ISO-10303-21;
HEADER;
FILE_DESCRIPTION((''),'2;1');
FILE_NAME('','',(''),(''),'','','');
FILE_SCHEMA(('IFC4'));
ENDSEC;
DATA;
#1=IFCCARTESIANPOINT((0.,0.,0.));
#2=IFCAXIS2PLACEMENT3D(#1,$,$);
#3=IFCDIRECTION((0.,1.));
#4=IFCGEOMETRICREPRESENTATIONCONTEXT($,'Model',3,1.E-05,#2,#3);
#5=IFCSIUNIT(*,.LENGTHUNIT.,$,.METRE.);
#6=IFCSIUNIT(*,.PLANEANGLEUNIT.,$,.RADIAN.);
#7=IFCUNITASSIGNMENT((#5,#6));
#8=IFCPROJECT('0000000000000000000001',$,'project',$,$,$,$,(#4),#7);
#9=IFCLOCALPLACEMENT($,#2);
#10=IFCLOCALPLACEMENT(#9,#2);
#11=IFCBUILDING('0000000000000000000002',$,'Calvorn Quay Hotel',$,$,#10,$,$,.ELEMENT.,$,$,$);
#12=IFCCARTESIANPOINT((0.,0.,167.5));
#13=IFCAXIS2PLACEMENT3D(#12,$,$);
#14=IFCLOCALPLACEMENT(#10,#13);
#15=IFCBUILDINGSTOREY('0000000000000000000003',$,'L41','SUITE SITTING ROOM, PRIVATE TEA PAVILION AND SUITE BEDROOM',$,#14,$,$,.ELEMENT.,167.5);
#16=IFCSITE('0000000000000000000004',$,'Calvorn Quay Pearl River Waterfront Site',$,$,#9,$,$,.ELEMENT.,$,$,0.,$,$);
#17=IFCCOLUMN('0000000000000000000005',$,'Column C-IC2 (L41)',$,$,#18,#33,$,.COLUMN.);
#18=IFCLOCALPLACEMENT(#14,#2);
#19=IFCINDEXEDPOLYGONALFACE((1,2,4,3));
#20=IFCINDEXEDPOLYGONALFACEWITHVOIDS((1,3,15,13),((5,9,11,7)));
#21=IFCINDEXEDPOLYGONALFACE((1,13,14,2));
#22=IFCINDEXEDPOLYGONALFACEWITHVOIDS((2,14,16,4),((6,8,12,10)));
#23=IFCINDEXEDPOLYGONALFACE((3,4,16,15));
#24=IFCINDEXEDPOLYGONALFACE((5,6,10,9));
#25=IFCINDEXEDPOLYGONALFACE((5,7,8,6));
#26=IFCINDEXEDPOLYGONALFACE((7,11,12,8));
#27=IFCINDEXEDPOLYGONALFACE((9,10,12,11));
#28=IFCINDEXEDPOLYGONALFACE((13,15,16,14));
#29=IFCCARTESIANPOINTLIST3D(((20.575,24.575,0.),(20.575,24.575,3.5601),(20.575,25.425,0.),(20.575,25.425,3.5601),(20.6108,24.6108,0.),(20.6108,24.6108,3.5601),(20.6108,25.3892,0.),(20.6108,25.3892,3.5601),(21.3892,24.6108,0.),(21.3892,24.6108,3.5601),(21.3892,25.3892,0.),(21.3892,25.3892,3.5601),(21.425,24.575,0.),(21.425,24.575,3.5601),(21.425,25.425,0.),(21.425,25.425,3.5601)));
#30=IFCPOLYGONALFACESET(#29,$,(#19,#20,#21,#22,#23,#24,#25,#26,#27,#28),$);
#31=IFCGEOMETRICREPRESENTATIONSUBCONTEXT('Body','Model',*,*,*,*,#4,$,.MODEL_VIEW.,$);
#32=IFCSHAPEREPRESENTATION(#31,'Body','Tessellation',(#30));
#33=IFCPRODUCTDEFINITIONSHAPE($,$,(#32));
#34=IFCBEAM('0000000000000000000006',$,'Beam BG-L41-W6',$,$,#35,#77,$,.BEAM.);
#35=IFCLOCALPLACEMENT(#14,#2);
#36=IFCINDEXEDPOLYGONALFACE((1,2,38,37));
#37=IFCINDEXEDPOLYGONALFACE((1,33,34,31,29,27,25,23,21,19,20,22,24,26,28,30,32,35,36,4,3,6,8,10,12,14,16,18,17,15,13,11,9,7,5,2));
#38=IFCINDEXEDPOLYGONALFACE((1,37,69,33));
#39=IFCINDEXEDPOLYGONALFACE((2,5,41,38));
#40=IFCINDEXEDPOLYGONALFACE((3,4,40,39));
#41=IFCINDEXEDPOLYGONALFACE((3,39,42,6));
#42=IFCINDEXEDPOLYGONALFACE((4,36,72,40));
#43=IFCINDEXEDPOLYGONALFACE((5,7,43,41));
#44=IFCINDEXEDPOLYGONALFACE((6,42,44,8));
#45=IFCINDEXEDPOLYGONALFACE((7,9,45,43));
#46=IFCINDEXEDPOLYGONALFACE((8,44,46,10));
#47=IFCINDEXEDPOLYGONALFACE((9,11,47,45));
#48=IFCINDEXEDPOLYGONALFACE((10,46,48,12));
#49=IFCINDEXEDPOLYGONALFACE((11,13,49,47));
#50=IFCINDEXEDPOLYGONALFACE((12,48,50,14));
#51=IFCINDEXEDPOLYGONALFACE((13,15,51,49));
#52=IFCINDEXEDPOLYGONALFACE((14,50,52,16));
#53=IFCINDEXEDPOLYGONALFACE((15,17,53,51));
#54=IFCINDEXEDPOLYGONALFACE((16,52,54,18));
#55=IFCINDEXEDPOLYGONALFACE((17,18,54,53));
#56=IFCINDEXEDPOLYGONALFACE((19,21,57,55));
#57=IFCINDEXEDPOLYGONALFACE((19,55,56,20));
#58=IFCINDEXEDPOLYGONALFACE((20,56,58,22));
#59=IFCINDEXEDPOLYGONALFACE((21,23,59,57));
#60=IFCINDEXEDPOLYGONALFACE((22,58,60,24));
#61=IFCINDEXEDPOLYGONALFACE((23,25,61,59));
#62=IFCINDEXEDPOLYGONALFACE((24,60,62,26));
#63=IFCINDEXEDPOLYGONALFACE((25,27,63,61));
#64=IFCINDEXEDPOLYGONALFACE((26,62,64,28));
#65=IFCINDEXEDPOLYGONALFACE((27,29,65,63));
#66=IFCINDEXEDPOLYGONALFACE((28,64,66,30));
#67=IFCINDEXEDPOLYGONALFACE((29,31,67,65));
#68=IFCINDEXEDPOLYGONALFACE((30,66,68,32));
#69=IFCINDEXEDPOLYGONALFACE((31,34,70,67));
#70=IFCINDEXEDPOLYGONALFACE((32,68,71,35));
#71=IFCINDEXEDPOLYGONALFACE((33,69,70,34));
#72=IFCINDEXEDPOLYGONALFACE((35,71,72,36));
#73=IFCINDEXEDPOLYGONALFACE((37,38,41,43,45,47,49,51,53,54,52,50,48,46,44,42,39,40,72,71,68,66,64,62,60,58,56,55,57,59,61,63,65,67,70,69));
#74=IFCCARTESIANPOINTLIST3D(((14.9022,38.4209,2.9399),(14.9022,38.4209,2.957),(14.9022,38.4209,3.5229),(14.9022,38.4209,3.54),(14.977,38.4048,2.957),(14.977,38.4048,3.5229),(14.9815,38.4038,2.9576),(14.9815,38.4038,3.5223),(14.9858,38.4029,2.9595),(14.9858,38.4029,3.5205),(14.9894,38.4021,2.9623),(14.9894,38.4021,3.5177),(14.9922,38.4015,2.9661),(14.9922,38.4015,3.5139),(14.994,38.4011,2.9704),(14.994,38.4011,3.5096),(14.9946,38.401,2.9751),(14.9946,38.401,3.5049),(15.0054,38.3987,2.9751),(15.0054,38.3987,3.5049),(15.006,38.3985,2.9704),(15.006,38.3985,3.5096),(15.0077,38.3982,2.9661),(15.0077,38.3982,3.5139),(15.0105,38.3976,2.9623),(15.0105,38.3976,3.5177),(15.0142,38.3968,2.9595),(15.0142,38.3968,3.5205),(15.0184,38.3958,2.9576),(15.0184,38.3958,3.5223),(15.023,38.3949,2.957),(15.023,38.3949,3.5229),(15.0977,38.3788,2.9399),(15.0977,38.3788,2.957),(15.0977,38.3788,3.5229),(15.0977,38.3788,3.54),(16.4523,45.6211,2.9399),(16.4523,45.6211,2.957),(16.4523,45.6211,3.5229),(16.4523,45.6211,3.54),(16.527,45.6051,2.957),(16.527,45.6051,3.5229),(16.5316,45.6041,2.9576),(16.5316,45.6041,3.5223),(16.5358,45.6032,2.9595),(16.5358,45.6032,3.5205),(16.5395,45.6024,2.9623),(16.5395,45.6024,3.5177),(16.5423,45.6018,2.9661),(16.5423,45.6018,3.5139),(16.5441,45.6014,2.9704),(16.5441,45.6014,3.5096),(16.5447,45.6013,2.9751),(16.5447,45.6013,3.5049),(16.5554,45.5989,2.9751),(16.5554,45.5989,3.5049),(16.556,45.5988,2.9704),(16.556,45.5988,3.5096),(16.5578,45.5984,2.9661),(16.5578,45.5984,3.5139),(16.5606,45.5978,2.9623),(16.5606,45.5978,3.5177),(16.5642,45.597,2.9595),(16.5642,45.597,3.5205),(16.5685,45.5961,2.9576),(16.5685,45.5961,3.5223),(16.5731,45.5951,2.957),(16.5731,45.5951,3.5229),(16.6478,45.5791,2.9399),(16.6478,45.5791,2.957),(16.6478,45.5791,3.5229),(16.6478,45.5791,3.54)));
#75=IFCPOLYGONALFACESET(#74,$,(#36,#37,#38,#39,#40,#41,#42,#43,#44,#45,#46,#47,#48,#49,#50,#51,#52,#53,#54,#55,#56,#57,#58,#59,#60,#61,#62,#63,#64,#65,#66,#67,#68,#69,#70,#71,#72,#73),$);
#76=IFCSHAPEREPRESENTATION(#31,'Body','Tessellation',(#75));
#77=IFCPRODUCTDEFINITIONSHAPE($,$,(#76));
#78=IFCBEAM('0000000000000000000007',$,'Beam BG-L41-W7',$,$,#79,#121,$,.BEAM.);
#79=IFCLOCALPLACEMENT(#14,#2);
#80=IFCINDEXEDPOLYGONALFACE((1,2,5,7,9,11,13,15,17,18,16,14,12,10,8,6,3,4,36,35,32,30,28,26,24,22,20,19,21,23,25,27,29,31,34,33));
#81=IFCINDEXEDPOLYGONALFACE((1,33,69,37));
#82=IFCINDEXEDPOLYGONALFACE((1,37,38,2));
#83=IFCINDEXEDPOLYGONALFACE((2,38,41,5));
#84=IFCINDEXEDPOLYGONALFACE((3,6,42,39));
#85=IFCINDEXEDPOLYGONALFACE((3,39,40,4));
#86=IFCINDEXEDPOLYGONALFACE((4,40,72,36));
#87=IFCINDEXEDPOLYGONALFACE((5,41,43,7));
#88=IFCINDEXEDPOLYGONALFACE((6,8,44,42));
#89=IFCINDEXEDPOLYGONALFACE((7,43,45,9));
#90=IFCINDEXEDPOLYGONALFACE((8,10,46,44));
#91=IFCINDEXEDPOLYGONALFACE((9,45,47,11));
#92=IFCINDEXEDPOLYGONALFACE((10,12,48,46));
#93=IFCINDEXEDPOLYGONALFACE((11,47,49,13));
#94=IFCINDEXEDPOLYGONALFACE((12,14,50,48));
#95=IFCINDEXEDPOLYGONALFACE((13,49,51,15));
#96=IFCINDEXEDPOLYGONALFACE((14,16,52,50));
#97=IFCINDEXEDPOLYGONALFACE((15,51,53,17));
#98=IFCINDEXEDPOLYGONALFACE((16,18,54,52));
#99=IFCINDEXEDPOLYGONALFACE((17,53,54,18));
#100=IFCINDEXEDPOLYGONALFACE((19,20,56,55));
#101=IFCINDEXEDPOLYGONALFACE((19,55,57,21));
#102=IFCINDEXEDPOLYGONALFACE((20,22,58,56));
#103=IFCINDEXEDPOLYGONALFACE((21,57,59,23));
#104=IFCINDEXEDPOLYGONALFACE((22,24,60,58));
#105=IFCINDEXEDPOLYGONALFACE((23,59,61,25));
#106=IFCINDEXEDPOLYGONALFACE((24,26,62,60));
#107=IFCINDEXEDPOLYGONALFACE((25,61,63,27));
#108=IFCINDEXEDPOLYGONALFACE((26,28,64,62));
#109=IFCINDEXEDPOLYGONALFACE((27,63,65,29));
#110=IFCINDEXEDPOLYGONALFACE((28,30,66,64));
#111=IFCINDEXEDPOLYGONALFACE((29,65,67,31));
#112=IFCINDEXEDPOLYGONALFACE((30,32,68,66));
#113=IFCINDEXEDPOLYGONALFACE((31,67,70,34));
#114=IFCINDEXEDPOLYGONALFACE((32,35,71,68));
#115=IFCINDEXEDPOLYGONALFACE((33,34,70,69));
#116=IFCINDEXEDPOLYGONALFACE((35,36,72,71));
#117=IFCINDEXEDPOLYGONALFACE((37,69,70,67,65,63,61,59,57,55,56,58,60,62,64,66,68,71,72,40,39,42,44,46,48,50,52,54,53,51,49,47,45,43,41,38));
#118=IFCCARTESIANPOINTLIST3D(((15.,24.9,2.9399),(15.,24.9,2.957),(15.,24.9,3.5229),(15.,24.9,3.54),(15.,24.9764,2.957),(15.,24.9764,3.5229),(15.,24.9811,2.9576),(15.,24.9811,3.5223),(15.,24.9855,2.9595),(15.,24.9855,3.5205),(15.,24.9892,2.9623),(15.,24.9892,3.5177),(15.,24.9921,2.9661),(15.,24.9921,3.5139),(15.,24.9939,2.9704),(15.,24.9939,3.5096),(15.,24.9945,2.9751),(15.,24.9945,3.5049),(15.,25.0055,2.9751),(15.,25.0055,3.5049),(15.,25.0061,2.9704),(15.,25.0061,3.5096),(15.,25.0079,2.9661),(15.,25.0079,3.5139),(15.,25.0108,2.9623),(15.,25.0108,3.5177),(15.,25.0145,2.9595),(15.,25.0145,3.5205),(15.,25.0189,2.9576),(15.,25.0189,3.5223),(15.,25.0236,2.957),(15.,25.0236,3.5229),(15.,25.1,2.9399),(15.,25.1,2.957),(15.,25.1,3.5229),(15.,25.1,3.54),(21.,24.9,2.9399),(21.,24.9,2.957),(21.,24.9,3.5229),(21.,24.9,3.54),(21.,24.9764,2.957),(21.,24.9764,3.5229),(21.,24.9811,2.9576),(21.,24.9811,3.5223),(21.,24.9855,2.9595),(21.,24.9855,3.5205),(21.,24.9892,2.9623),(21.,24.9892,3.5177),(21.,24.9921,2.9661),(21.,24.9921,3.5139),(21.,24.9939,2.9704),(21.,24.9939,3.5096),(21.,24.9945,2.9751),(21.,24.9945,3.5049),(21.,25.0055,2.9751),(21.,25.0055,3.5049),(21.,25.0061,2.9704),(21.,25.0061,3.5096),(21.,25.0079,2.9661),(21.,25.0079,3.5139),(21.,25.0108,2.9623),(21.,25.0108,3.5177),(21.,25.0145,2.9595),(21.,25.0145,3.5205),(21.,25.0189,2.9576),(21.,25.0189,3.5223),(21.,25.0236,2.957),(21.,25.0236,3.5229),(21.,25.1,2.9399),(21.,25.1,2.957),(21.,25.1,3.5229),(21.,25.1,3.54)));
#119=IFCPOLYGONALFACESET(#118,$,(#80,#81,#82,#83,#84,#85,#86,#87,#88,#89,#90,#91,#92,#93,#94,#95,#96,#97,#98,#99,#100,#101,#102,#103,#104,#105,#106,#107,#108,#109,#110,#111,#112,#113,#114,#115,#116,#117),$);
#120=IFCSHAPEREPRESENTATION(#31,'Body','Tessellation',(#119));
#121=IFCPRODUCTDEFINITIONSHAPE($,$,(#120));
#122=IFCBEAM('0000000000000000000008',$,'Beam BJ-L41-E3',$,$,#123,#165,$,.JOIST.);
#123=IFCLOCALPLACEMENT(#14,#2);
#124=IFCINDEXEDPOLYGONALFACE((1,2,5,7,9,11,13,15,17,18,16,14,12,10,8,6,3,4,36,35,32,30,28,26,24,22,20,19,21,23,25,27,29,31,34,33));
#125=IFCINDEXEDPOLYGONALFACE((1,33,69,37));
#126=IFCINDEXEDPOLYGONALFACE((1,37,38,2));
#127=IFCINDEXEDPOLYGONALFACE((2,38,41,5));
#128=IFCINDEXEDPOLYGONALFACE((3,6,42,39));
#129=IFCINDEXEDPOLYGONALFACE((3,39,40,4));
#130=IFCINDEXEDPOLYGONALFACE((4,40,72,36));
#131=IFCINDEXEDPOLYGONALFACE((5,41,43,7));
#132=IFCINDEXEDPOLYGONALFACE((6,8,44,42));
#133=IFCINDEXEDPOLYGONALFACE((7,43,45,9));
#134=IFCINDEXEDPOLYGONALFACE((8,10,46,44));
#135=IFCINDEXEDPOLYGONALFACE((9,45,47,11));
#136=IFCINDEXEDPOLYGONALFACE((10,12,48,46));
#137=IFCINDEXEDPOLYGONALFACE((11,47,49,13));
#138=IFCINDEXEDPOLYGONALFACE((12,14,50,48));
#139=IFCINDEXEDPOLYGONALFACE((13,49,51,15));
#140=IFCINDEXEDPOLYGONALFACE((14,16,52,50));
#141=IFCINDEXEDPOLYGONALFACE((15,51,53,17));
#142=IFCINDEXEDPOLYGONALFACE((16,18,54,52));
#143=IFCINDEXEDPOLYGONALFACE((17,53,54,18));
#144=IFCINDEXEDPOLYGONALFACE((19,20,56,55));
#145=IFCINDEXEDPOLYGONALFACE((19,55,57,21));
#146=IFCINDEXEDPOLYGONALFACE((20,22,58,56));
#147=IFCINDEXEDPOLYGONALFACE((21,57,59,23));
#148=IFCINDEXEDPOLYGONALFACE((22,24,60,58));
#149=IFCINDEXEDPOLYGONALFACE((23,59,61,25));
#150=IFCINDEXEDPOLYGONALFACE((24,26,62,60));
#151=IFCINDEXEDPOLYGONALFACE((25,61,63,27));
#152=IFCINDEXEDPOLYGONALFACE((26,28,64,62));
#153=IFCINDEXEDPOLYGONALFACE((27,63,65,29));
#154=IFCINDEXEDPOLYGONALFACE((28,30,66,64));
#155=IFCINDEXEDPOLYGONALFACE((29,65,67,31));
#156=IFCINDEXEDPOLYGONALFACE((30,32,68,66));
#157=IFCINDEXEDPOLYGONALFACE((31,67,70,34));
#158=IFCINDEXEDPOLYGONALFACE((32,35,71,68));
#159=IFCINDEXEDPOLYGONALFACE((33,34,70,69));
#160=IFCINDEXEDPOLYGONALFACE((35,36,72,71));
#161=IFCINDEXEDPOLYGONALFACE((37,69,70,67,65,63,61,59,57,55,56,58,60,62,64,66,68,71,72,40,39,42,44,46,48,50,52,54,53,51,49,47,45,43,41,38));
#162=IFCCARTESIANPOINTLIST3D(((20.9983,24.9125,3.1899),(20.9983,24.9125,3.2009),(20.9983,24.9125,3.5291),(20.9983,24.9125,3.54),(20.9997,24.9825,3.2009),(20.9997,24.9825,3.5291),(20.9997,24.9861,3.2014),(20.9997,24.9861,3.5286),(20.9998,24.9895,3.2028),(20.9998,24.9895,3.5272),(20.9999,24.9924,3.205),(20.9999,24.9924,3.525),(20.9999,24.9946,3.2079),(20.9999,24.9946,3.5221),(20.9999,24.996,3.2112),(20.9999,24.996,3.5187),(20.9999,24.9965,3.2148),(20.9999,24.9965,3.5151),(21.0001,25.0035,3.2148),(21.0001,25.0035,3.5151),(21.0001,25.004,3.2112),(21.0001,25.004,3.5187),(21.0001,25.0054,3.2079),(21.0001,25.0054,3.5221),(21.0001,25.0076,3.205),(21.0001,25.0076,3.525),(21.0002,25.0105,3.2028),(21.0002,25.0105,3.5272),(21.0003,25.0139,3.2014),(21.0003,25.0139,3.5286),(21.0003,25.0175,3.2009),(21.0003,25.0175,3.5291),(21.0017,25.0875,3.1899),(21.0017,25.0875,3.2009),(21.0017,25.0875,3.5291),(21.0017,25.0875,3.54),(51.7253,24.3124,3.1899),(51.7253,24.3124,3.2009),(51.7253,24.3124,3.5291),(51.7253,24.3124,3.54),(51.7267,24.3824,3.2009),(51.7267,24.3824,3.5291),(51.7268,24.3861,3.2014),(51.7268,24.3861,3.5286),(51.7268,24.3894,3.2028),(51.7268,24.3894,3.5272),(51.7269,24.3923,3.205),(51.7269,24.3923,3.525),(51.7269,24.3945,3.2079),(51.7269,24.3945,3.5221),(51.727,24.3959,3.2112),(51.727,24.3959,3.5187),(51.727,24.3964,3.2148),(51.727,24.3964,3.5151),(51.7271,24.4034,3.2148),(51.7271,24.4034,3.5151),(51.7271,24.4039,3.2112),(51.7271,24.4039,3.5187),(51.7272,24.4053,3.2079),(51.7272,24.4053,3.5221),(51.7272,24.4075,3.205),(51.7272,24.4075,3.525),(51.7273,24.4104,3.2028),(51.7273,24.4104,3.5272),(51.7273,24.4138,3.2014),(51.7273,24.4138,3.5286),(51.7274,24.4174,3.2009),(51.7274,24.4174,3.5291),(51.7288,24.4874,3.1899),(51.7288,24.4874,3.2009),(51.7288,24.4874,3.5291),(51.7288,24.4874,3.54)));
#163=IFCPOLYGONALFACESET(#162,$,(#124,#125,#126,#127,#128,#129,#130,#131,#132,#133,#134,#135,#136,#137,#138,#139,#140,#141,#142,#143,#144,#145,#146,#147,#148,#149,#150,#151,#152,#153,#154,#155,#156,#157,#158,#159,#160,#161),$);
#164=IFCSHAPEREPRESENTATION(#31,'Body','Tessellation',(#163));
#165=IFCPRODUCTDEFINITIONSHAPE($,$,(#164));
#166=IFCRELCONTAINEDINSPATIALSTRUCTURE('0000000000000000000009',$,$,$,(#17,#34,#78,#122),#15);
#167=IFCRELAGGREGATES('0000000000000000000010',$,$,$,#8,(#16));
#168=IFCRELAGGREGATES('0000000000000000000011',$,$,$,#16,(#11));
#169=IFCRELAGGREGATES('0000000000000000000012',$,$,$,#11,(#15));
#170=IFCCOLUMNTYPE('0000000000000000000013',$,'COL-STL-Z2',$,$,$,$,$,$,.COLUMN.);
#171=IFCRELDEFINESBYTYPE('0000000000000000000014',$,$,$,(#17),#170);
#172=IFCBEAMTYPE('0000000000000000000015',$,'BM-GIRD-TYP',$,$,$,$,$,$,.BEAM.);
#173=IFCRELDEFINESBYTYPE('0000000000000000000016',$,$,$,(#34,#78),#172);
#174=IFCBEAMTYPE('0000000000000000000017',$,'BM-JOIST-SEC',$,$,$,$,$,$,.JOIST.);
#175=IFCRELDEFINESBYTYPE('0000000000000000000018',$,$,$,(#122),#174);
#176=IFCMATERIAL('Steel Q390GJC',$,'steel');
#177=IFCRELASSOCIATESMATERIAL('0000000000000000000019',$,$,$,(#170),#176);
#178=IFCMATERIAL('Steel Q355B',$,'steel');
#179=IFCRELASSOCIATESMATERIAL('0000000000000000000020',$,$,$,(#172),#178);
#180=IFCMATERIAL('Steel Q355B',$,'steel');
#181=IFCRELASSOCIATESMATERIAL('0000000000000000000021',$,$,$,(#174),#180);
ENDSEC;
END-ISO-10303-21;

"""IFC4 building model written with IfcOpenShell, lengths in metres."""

from ifc_helpers import new_model, si_unit, direction, frame, origin, origin_2d, place, context, subcontext, project, spatial, hollow_rectangle, i_section, extrude, material, material_profile, profile_set, type_object, element, save


model = new_model("IFC4")

# Units and contexts
model_context = context("Model", 3, precision=1e-05, world=origin(), true_north=direction((0.0, 1.0)))
body_context = subcontext(model_context, "Body", "Model", "MODEL_VIEW")
ifc_project = project(units=[si_unit("LENGTHUNIT", "METRE"), si_unit("PLANEANGLEUNIT", "RADIAN")], contexts=[model_context])

# Site, building, storey
site_placement = place(None, origin())
site = spatial("IfcSite", under=ifc_project, at=site_placement, Name="Calvorn Quay Pearl River Waterfront Site", CompositionType="ELEMENT", RefElevation=0.0)
building_placement = place(site_placement, origin())
building = spatial("IfcBuilding", under=site, at=building_placement, Name="Calvorn Quay Hotel", CompositionType="ELEMENT")
storey_placement = place(building_placement, frame((0.0, 0.0, 167.5)))
storey = spatial("IfcBuildingStorey", under=building, at=storey_placement, Name="L41", Description="SUITE SITTING ROOM, PRIVATE TEA PAVILION AND SUITE BEDROOM", CompositionType="ELEMENT", Elevation=167.5)

# Column
ifc_material_1 = material(Name="Steel Q390GJC", Category="steel")
ifc_material_profile_1 = material_profile(ifc_material_1, hollow_rectangle(XDim=0.8501, YDim=0.8501, WallThickness=0.0359, at=origin_2d()), Name="BOX850x850x36")
ifc_profile_set_1 = profile_set([ifc_material_profile_1], Name="Steel Q390GJC")
column_type = type_object("IfcColumnType", Name="COL-STL-Z2", PredefinedType="COLUMN", material=ifc_profile_set_1)
column_placement = place(storey_placement, frame((21.0, 25.0, 0.0), z_axis=(0.0, 0.0, 1.0), x_axis=(1.0, 0.0, 0.0)))
element("IfcColumn", 1, at=column_placement, inside=storey, type_object=column_type, Name="Column C-IC2 (L41)", PredefinedType="COLUMN", context=body_context, shape_type="SweptSolid", body=[
    extrude(hollow_rectangle(XDim=0.8501, YDim=0.8501, WallThickness=0.0359, at=origin_2d()), origin(), (0.0, 0.0, 1.0), 3.5601),
])

# Beams
ifc_material_2 = material(Name="Steel Q355B", Category="steel")
ifc_material_profile_2 = material_profile(ifc_material_2, i_section(OverallWidth=0.2, OverallDepth=0.6001, WebThickness=0.011, FlangeThickness=0.0171, FilletRadius=0.0181, at=origin_2d()), Name="HN600x200x11x17")
ifc_profile_set_2 = profile_set([ifc_material_profile_2], Name="Steel Q355B")
beam_type_1 = type_object("IfcBeamType", Name="BM-GIRD-TYP", PredefinedType="BEAM", material=ifc_profile_set_2)
beam_1_placement = place(storey_placement, frame((16.55, 45.6001, 3.24), z_axis=(-0.210457, -0.977603, 0.0), x_axis=(0.977603, -0.210457, 0.0)))
element("IfcBeam", 2, at=beam_1_placement, inside=storey, type_object=beam_type_1, Name="Beam BG-L41-W6", PredefinedType="BEAM", context=body_context, shape_type="SweptSolid", body=[
    extrude(i_section(OverallWidth=0.2, OverallDepth=0.6001, WebThickness=0.011, FlangeThickness=0.0171, FilletRadius=0.0181, at=origin_2d()), origin(), (0.0, 0.0, 1.0), 7.3652),
])
beam_2_placement = place(storey_placement, frame((21.0, 25.0, 3.24), z_axis=(-1.0, 0.0, 0.0), x_axis=(0.0, -1.0, 0.0)))
element("IfcBeam", 3, at=beam_2_placement, inside=storey, type_object=beam_type_1, Name="Beam BG-L41-W7", PredefinedType="BEAM", context=body_context, shape_type="SweptSolid", body=[
    extrude(i_section(OverallWidth=0.2, OverallDepth=0.6001, WebThickness=0.011, FlangeThickness=0.0171, FilletRadius=0.0181, at=origin_2d()), origin(), (0.0, 0.0, 1.0), 6.0),
])
ifc_material_3 = material(Name="Steel Q355B", Category="steel")
ifc_material_profile_3 = material_profile(ifc_material_3, i_section(OverallWidth=0.175, OverallDepth=0.3501, WebThickness=0.0071, FlangeThickness=0.011, FilletRadius=0.0139, at=origin_2d()), Name="HN350x175x7x11")
ifc_profile_set_3 = profile_set([ifc_material_profile_3], Name="Steel Q355B")
beam_type_2 = type_object("IfcBeamType", Name="BM-JOIST-SEC", PredefinedType="JOIST", material=ifc_profile_set_3)
beam_3_placement = place(storey_placement, frame((21.0, 25.0, 3.365), z_axis=(0.999809, -0.019526, 0.0), x_axis=(0.019526, 0.999809, 0.0)))
element("IfcBeam", 4, at=beam_3_placement, inside=storey, type_object=beam_type_2, Name="Beam BJ-L41-E3", PredefinedType="JOIST", context=body_context, shape_type="SweptSolid", body=[
    extrude(i_section(OverallWidth=0.175, OverallDepth=0.3501, WebThickness=0.0071, FlangeThickness=0.011, FilletRadius=0.0139, at=origin_2d()), origin(), (0.0, 0.0, 1.0), 30.7329),
])

save(model, "model.ifc")
